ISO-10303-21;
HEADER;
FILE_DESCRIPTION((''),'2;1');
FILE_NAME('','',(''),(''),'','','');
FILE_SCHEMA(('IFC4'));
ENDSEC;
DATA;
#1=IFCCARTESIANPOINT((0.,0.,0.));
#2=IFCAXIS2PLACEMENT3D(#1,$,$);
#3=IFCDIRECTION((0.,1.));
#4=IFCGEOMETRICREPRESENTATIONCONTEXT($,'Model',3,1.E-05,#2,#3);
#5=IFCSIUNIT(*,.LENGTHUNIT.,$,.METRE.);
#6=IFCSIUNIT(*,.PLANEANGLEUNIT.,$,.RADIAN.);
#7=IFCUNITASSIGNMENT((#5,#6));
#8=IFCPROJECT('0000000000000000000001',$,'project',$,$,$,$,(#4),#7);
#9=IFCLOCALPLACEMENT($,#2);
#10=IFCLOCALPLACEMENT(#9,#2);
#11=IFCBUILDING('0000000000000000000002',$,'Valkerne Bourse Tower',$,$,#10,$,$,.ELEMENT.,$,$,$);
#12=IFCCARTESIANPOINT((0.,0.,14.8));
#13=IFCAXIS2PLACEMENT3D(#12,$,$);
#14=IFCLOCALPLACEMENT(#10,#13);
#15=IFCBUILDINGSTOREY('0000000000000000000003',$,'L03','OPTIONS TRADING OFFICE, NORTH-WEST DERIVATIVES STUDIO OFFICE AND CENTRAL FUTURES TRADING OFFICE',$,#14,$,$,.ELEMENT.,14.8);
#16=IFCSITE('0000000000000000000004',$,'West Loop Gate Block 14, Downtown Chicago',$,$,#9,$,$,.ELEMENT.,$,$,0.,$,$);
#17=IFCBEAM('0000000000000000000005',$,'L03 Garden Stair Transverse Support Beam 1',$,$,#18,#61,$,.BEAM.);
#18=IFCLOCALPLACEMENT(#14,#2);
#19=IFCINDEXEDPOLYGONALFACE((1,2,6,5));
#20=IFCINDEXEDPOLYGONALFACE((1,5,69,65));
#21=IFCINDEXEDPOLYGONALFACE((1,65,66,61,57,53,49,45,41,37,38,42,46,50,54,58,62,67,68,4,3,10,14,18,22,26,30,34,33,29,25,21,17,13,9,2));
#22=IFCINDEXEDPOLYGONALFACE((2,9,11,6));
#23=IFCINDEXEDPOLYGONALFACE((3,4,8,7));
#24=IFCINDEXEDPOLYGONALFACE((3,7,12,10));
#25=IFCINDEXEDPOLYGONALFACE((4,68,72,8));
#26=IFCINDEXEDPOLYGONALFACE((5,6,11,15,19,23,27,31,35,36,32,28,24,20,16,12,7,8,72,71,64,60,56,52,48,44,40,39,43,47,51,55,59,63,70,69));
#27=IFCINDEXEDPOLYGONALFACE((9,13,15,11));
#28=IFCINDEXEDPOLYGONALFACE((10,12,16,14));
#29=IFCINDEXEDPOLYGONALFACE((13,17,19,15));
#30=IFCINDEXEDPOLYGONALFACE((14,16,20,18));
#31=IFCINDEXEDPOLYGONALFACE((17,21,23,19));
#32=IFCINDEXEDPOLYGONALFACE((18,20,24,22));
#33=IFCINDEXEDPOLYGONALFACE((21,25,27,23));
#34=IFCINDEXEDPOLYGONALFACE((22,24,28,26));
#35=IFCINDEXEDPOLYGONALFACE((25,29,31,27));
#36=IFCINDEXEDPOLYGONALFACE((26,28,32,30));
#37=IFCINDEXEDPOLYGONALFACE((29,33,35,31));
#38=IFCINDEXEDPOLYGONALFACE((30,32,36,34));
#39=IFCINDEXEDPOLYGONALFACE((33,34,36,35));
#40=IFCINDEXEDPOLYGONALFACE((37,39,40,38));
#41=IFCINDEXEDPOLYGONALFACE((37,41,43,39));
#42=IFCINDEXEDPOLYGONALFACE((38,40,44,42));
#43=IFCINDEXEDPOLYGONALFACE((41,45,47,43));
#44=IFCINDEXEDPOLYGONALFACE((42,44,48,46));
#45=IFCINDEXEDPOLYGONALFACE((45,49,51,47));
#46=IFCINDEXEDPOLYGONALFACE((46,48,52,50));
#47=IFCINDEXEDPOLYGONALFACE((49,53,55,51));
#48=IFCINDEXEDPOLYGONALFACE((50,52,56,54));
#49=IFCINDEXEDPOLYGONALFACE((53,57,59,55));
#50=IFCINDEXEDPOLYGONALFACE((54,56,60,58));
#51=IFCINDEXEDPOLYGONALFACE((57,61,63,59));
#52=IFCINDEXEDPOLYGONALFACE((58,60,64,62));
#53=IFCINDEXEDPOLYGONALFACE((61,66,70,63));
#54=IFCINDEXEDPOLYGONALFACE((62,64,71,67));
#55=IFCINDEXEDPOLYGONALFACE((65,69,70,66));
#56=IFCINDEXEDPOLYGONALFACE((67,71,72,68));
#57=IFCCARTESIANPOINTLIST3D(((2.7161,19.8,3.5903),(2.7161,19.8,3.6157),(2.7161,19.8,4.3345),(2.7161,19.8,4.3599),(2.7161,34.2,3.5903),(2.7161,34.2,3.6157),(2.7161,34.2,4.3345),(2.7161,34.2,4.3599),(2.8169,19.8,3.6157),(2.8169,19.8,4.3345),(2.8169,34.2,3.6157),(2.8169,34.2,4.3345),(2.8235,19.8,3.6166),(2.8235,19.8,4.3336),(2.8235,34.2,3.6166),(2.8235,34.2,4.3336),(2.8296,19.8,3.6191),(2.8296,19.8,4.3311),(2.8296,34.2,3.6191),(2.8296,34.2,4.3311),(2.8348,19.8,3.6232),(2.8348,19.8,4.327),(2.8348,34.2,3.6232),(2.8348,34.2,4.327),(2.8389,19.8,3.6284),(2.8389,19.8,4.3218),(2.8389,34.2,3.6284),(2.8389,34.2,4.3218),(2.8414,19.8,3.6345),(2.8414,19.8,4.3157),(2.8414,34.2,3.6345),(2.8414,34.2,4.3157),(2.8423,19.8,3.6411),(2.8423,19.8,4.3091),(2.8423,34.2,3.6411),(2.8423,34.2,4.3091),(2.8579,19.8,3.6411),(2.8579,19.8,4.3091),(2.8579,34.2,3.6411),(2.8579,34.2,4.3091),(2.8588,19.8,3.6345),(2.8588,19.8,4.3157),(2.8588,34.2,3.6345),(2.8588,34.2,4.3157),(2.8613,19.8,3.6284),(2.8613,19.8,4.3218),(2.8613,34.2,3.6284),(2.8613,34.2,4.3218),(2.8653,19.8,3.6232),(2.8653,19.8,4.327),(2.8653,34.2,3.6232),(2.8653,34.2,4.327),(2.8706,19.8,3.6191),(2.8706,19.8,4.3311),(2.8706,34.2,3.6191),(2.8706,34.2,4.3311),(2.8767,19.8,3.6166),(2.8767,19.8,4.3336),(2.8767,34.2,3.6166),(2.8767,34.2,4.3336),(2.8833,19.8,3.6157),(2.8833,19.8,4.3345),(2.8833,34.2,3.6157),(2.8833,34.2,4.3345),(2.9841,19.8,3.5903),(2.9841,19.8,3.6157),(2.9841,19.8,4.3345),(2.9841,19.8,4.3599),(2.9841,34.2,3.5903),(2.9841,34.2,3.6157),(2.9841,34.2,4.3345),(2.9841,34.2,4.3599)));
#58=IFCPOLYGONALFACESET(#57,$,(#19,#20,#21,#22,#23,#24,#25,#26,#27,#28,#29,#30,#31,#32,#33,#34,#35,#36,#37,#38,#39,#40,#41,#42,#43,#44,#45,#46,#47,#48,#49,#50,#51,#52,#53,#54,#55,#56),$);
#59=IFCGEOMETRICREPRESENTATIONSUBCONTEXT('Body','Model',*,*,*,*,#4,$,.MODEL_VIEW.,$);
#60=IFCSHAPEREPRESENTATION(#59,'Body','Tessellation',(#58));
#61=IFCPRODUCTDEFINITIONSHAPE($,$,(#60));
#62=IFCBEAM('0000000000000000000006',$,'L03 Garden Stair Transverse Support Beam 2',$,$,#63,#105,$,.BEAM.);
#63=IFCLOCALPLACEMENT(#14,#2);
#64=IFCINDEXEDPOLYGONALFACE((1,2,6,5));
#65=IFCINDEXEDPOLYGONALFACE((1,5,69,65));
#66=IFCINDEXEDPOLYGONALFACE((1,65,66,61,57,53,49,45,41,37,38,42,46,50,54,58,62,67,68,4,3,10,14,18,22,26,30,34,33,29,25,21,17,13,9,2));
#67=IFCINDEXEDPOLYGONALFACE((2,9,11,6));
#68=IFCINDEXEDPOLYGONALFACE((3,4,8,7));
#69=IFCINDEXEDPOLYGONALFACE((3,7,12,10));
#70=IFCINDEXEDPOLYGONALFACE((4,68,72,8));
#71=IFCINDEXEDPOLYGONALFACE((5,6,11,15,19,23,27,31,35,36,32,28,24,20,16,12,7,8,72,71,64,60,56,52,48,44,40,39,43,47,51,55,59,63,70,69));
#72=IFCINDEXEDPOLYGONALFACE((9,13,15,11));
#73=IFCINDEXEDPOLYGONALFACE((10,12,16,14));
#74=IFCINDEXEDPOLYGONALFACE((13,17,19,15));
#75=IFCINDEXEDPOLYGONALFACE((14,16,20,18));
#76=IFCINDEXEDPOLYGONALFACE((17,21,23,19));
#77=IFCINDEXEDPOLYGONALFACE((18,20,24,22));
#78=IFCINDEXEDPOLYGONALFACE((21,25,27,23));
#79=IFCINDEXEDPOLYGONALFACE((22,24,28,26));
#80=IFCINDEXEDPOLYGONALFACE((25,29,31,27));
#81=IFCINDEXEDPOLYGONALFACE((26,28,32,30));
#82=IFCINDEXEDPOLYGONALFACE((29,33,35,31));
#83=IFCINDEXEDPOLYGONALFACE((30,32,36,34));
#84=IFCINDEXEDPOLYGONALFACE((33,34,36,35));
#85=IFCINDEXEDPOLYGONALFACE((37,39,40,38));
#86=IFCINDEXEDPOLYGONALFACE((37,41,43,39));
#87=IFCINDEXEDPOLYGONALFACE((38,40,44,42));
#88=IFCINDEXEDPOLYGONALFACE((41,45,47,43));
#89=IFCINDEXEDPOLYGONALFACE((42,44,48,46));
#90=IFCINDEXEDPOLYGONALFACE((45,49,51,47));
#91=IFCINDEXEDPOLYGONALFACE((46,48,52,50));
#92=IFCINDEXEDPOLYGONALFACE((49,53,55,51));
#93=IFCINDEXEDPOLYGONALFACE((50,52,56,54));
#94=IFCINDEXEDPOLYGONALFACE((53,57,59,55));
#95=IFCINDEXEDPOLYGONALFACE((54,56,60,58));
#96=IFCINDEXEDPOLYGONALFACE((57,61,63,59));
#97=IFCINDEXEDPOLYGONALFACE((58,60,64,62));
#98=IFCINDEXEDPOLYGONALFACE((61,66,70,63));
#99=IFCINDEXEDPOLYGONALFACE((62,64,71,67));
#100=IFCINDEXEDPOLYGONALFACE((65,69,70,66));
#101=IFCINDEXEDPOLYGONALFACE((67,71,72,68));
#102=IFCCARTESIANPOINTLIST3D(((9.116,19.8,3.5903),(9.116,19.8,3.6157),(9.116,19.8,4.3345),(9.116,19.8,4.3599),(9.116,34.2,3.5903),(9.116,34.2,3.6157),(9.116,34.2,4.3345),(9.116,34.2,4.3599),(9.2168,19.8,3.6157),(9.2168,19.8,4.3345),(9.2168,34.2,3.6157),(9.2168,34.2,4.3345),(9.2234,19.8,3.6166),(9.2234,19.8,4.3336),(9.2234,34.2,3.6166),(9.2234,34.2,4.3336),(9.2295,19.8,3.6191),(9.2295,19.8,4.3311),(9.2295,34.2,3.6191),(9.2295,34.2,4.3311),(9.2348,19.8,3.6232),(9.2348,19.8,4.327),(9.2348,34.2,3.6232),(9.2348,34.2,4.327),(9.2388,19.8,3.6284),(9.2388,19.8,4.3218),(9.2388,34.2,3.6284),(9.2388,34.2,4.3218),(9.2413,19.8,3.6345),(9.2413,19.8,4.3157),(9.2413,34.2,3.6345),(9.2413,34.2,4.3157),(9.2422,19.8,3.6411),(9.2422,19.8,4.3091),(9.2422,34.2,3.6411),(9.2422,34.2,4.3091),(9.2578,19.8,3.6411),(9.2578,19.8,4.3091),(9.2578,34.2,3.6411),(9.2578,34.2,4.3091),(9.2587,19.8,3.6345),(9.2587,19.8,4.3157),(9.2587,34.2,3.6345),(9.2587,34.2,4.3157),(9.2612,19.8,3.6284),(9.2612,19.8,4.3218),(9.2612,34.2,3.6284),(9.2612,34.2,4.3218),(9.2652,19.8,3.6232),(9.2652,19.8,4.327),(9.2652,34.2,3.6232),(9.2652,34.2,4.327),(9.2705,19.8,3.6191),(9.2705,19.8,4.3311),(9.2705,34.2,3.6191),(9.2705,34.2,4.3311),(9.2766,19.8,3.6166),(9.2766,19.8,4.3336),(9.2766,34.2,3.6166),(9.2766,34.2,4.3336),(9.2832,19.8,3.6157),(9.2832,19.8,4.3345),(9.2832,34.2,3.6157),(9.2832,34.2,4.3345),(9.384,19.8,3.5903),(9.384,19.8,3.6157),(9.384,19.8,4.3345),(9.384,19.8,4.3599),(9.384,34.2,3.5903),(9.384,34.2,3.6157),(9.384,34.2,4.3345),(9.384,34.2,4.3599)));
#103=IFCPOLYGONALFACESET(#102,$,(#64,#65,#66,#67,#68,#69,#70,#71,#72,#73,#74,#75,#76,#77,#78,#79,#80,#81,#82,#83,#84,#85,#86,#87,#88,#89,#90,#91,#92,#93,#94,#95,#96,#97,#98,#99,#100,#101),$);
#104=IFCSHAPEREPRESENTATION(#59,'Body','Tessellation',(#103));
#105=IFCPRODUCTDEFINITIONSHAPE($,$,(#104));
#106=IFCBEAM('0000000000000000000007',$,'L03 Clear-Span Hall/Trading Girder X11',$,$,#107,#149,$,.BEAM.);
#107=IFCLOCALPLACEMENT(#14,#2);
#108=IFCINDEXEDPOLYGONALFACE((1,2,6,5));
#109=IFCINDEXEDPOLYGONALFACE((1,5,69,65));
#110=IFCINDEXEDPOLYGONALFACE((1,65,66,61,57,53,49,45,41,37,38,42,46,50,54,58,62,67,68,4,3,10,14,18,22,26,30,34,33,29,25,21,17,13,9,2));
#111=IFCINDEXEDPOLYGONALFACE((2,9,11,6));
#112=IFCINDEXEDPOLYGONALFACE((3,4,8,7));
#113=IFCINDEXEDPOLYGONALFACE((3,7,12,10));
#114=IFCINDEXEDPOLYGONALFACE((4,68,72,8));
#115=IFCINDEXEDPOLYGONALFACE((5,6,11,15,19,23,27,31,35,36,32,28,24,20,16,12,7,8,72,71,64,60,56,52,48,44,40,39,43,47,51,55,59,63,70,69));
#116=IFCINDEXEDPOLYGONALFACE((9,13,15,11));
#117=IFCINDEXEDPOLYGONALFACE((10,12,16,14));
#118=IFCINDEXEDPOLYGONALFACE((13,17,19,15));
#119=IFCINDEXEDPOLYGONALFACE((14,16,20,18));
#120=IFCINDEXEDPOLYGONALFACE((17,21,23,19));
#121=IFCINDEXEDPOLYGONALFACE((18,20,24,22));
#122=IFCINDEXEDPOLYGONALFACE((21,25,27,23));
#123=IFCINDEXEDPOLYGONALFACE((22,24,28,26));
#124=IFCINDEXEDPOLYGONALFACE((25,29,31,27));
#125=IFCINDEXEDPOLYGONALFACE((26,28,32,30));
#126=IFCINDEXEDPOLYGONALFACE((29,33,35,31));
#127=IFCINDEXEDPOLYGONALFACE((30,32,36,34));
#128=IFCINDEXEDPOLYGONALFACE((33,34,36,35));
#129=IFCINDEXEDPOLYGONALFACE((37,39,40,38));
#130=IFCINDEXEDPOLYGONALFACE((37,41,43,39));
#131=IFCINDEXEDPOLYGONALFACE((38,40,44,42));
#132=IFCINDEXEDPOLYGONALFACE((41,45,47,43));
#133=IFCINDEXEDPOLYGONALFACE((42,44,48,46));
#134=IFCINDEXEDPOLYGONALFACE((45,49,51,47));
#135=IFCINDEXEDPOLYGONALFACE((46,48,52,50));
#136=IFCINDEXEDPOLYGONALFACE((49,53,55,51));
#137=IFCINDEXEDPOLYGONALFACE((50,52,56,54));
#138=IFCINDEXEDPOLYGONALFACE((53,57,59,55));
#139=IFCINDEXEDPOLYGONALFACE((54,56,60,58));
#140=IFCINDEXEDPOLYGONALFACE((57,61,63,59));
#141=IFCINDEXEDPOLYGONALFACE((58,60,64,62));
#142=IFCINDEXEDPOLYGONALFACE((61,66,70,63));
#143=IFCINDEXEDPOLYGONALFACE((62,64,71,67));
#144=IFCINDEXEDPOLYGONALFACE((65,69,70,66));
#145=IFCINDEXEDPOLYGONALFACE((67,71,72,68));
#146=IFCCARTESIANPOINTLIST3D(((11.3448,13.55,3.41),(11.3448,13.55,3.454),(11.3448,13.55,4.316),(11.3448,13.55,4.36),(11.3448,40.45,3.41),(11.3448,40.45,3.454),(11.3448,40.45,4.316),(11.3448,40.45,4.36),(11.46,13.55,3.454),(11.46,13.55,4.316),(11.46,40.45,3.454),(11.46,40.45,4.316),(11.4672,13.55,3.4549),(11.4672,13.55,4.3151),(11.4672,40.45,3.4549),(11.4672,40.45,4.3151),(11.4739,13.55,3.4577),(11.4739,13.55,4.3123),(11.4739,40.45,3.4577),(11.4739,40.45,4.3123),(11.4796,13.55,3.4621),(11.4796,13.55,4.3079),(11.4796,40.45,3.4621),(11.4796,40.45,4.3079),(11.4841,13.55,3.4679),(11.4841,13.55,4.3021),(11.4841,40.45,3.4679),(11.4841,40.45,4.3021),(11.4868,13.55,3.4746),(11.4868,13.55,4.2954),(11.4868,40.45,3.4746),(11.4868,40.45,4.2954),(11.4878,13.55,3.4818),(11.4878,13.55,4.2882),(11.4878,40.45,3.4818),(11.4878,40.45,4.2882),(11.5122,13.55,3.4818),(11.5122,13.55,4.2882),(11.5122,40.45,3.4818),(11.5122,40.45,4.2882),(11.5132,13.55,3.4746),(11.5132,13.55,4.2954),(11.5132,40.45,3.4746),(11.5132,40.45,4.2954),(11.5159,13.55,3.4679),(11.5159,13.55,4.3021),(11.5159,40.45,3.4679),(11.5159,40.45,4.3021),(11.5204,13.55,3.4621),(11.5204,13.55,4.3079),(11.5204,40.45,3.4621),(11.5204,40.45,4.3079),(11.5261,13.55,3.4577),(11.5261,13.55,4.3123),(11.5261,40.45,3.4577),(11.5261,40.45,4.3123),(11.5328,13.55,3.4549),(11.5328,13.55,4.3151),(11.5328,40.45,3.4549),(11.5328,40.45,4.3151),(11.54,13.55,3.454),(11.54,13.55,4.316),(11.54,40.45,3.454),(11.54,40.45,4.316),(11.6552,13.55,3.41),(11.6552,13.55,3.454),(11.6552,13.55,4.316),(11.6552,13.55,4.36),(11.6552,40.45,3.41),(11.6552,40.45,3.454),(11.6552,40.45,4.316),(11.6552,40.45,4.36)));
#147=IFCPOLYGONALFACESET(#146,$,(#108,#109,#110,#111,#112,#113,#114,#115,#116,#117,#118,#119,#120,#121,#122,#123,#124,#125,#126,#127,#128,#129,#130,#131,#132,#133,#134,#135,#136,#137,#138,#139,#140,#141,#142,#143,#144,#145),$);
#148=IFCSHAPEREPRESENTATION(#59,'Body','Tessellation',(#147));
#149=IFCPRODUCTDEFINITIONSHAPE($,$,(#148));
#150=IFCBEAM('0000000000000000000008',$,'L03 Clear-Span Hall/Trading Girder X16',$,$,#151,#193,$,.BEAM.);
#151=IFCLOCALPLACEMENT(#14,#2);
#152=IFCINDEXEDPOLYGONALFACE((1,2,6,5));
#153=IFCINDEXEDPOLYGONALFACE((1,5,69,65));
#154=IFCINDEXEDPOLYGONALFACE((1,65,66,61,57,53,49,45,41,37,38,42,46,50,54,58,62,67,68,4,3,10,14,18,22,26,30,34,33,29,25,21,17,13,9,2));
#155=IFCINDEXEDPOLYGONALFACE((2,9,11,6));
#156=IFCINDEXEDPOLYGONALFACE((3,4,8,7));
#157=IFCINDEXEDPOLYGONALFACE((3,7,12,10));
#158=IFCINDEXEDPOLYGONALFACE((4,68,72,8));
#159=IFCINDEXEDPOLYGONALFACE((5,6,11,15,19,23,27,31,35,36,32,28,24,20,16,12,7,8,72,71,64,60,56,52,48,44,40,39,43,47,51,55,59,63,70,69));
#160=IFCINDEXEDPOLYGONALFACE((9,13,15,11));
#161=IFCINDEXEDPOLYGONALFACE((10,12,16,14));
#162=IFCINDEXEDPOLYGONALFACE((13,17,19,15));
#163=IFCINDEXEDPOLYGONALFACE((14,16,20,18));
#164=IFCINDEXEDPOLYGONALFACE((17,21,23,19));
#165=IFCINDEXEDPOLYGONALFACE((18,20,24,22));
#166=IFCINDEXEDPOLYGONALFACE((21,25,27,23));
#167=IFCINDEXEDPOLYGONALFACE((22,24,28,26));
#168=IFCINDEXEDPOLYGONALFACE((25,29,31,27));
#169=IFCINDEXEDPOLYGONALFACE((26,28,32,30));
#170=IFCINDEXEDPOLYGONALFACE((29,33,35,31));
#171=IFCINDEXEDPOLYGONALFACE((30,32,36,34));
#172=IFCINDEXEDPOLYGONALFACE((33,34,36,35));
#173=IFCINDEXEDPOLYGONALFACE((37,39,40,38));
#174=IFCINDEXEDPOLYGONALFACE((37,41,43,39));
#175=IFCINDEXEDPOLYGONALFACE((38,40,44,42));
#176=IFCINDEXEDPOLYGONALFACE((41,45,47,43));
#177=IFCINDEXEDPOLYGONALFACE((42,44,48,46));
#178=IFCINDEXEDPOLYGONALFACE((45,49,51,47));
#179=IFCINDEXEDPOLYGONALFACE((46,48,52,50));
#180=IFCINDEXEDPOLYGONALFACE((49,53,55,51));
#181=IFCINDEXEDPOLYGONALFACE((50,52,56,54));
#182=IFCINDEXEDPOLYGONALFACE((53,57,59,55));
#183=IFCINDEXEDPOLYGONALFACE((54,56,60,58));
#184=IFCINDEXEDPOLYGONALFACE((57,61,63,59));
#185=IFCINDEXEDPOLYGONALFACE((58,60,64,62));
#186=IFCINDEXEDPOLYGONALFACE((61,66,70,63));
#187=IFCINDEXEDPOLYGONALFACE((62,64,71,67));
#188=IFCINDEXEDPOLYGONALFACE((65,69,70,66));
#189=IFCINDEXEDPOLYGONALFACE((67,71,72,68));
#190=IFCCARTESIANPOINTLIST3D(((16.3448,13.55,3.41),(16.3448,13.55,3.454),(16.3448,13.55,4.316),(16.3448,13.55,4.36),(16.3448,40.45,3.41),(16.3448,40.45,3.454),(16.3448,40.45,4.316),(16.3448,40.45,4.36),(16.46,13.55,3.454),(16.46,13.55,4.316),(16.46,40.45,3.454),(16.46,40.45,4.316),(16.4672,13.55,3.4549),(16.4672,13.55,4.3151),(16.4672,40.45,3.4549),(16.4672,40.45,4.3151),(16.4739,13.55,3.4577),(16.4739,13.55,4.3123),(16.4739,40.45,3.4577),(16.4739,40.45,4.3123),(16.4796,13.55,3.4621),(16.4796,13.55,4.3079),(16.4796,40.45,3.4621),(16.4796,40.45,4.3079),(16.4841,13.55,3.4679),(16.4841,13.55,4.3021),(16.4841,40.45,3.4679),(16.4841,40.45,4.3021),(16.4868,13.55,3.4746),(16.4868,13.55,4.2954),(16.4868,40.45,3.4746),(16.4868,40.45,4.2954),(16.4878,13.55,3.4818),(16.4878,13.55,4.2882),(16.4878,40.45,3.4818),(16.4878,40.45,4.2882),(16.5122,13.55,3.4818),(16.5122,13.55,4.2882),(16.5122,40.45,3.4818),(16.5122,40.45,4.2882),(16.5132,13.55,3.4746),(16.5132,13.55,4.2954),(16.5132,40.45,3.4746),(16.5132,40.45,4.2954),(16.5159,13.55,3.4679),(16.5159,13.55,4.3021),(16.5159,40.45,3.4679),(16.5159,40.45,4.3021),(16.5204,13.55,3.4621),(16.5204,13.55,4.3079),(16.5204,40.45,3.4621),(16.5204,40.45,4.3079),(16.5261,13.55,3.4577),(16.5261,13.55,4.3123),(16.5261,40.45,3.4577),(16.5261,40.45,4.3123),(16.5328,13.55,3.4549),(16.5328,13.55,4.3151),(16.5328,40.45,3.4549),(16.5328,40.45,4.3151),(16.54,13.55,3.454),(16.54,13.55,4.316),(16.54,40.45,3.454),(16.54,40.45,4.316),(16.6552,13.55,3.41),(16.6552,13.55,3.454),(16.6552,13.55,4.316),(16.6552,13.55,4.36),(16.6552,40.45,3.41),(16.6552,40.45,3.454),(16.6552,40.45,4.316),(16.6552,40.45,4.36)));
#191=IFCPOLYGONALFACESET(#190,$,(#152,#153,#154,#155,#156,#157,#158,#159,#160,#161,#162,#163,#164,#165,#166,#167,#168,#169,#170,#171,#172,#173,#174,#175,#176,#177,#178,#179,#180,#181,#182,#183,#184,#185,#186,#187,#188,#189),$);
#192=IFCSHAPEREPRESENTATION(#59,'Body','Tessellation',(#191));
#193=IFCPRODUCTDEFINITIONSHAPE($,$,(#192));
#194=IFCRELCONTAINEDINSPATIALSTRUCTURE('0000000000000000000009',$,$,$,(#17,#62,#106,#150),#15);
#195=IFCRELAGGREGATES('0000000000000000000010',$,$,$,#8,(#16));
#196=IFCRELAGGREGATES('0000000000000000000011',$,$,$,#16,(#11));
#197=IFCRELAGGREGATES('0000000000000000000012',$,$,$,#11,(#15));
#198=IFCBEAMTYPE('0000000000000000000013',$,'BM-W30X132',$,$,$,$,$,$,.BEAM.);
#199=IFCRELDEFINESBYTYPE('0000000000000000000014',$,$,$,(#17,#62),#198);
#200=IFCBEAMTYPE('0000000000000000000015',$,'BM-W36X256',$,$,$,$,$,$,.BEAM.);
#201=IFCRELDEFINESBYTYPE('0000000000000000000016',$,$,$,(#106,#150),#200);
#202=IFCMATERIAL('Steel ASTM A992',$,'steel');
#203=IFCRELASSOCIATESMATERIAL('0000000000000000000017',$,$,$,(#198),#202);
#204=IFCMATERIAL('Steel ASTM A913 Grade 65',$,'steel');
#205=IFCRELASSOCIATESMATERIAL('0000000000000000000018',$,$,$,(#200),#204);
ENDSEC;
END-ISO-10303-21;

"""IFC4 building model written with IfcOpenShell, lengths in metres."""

from ifc_helpers import new_model, si_unit, direction, frame, origin, origin_2d, place, context, subcontext, project, spatial, i_section, extrude, material, material_profile, profile_set, type_object, element, save


model = new_model("IFC4")

# Units and contexts
model_context = context("Model", 3, precision=1e-05, world=origin(), true_north=direction((0.0, 1.0)))
body_context = subcontext(model_context, "Body", "Model", "MODEL_VIEW")
ifc_project = project(units=[si_unit("LENGTHUNIT", "METRE"), si_unit("PLANEANGLEUNIT", "RADIAN")], contexts=[model_context])

# Site, building, storey
site_placement = place(None, origin())
site = spatial("IfcSite", under=ifc_project, at=site_placement, Name="West Loop Gate Block 14, Downtown Chicago", CompositionType="ELEMENT", RefElevation=0.0)
building_placement = place(site_placement, origin())
building = spatial("IfcBuilding", under=site, at=building_placement, Name="Valkerne Bourse Tower", CompositionType="ELEMENT")
storey_placement = place(building_placement, frame((0.0, 0.0, 14.8)))
storey = spatial("IfcBuildingStorey", under=building, at=storey_placement, Name="L03", Description="OPTIONS TRADING OFFICE, NORTH-WEST DERIVATIVES STUDIO OFFICE AND CENTRAL FUTURES TRADING OFFICE", CompositionType="ELEMENT", Elevation=14.8)

# Beams
ifc_material_1 = material(Name="Steel ASTM A992", Category="steel")
ifc_material_profile_1 = material_profile(ifc_material_1, i_section(OverallWidth=0.2681, OverallDepth=0.7695, WebThickness=0.0156, FlangeThickness=0.0254, FilletRadius=0.0254, at=origin_2d()), Name="W30X132")
ifc_profile_set_1 = profile_set([ifc_material_profile_1], Name="Steel ASTM A992")
beam_type_1 = type_object("IfcBeamType", Name="BM-W30X132", PredefinedType="BEAM", material=ifc_profile_set_1)
for number, where, z_axis, x_axis, name in (
    (1, (2.8501, 19.8, 3.9751), (0.0, 1.0, 0.0), (-1.0, 0.0, 0.0), "L03 Garden Stair Transverse Support Beam 1"),
    (2, (9.25, 19.8, 3.9751), (0.0, 1.0, 0.0), (-1.0, 0.0, 0.0), "L03 Garden Stair Transverse Support Beam 2"),
):
    element("IfcBeam", number, at=place(storey_placement, frame(where, z_axis=z_axis, x_axis=x_axis)), inside=storey, type_object=beam_type_1, Name=name, PredefinedType="BEAM", context=body_context, shape_type="SweptSolid", body=[
        extrude(i_section(OverallWidth=0.2681, OverallDepth=0.7695, WebThickness=0.0156, FlangeThickness=0.0254, FilletRadius=0.0254, at=origin_2d()), origin(), (0.0, 0.0, 1.0), 14.3999),
    ])
ifc_material_2 = material(Name="Steel ASTM A913 Grade 65", Category="steel")
ifc_material_profile_2 = material_profile(ifc_material_2, i_section(OverallWidth=0.3103, OverallDepth=0.95, WebThickness=0.0244, FlangeThickness=0.0439, FilletRadius=0.0278, at=origin_2d()), Name="W36X256")
ifc_profile_set_2 = profile_set([ifc_material_profile_2], Name="Steel ASTM A913 Grade 65")
beam_type_2 = type_object("IfcBeamType", Name="BM-W36X256", PredefinedType="BEAM", material=ifc_profile_set_2)
for number, where, z_axis, x_axis, name in (
    (3, (11.5, 13.55, 3.885), (0.0, 1.0, 0.0), (-1.0, 0.0, 0.0), "L03 Clear-Span Hall/Trading Girder X11"),
    (4, (16.5, 13.55, 3.885), (0.0, 1.0, 0.0), (-1.0, 0.0, 0.0), "L03 Clear-Span Hall/Trading Girder X16"),
):
    element("IfcBeam", number, at=place(storey_placement, frame(where, z_axis=z_axis, x_axis=x_axis)), inside=storey, type_object=beam_type_2, Name=name, PredefinedType="BEAM", context=body_context, shape_type="SweptSolid", body=[
        extrude(i_section(OverallWidth=0.3103, OverallDepth=0.95, WebThickness=0.0244, FlangeThickness=0.0439, FilletRadius=0.0278, at=origin_2d()), origin(), (0.0, 0.0, 1.0), 26.8999),
    ])

save(model, "model.ifc")
